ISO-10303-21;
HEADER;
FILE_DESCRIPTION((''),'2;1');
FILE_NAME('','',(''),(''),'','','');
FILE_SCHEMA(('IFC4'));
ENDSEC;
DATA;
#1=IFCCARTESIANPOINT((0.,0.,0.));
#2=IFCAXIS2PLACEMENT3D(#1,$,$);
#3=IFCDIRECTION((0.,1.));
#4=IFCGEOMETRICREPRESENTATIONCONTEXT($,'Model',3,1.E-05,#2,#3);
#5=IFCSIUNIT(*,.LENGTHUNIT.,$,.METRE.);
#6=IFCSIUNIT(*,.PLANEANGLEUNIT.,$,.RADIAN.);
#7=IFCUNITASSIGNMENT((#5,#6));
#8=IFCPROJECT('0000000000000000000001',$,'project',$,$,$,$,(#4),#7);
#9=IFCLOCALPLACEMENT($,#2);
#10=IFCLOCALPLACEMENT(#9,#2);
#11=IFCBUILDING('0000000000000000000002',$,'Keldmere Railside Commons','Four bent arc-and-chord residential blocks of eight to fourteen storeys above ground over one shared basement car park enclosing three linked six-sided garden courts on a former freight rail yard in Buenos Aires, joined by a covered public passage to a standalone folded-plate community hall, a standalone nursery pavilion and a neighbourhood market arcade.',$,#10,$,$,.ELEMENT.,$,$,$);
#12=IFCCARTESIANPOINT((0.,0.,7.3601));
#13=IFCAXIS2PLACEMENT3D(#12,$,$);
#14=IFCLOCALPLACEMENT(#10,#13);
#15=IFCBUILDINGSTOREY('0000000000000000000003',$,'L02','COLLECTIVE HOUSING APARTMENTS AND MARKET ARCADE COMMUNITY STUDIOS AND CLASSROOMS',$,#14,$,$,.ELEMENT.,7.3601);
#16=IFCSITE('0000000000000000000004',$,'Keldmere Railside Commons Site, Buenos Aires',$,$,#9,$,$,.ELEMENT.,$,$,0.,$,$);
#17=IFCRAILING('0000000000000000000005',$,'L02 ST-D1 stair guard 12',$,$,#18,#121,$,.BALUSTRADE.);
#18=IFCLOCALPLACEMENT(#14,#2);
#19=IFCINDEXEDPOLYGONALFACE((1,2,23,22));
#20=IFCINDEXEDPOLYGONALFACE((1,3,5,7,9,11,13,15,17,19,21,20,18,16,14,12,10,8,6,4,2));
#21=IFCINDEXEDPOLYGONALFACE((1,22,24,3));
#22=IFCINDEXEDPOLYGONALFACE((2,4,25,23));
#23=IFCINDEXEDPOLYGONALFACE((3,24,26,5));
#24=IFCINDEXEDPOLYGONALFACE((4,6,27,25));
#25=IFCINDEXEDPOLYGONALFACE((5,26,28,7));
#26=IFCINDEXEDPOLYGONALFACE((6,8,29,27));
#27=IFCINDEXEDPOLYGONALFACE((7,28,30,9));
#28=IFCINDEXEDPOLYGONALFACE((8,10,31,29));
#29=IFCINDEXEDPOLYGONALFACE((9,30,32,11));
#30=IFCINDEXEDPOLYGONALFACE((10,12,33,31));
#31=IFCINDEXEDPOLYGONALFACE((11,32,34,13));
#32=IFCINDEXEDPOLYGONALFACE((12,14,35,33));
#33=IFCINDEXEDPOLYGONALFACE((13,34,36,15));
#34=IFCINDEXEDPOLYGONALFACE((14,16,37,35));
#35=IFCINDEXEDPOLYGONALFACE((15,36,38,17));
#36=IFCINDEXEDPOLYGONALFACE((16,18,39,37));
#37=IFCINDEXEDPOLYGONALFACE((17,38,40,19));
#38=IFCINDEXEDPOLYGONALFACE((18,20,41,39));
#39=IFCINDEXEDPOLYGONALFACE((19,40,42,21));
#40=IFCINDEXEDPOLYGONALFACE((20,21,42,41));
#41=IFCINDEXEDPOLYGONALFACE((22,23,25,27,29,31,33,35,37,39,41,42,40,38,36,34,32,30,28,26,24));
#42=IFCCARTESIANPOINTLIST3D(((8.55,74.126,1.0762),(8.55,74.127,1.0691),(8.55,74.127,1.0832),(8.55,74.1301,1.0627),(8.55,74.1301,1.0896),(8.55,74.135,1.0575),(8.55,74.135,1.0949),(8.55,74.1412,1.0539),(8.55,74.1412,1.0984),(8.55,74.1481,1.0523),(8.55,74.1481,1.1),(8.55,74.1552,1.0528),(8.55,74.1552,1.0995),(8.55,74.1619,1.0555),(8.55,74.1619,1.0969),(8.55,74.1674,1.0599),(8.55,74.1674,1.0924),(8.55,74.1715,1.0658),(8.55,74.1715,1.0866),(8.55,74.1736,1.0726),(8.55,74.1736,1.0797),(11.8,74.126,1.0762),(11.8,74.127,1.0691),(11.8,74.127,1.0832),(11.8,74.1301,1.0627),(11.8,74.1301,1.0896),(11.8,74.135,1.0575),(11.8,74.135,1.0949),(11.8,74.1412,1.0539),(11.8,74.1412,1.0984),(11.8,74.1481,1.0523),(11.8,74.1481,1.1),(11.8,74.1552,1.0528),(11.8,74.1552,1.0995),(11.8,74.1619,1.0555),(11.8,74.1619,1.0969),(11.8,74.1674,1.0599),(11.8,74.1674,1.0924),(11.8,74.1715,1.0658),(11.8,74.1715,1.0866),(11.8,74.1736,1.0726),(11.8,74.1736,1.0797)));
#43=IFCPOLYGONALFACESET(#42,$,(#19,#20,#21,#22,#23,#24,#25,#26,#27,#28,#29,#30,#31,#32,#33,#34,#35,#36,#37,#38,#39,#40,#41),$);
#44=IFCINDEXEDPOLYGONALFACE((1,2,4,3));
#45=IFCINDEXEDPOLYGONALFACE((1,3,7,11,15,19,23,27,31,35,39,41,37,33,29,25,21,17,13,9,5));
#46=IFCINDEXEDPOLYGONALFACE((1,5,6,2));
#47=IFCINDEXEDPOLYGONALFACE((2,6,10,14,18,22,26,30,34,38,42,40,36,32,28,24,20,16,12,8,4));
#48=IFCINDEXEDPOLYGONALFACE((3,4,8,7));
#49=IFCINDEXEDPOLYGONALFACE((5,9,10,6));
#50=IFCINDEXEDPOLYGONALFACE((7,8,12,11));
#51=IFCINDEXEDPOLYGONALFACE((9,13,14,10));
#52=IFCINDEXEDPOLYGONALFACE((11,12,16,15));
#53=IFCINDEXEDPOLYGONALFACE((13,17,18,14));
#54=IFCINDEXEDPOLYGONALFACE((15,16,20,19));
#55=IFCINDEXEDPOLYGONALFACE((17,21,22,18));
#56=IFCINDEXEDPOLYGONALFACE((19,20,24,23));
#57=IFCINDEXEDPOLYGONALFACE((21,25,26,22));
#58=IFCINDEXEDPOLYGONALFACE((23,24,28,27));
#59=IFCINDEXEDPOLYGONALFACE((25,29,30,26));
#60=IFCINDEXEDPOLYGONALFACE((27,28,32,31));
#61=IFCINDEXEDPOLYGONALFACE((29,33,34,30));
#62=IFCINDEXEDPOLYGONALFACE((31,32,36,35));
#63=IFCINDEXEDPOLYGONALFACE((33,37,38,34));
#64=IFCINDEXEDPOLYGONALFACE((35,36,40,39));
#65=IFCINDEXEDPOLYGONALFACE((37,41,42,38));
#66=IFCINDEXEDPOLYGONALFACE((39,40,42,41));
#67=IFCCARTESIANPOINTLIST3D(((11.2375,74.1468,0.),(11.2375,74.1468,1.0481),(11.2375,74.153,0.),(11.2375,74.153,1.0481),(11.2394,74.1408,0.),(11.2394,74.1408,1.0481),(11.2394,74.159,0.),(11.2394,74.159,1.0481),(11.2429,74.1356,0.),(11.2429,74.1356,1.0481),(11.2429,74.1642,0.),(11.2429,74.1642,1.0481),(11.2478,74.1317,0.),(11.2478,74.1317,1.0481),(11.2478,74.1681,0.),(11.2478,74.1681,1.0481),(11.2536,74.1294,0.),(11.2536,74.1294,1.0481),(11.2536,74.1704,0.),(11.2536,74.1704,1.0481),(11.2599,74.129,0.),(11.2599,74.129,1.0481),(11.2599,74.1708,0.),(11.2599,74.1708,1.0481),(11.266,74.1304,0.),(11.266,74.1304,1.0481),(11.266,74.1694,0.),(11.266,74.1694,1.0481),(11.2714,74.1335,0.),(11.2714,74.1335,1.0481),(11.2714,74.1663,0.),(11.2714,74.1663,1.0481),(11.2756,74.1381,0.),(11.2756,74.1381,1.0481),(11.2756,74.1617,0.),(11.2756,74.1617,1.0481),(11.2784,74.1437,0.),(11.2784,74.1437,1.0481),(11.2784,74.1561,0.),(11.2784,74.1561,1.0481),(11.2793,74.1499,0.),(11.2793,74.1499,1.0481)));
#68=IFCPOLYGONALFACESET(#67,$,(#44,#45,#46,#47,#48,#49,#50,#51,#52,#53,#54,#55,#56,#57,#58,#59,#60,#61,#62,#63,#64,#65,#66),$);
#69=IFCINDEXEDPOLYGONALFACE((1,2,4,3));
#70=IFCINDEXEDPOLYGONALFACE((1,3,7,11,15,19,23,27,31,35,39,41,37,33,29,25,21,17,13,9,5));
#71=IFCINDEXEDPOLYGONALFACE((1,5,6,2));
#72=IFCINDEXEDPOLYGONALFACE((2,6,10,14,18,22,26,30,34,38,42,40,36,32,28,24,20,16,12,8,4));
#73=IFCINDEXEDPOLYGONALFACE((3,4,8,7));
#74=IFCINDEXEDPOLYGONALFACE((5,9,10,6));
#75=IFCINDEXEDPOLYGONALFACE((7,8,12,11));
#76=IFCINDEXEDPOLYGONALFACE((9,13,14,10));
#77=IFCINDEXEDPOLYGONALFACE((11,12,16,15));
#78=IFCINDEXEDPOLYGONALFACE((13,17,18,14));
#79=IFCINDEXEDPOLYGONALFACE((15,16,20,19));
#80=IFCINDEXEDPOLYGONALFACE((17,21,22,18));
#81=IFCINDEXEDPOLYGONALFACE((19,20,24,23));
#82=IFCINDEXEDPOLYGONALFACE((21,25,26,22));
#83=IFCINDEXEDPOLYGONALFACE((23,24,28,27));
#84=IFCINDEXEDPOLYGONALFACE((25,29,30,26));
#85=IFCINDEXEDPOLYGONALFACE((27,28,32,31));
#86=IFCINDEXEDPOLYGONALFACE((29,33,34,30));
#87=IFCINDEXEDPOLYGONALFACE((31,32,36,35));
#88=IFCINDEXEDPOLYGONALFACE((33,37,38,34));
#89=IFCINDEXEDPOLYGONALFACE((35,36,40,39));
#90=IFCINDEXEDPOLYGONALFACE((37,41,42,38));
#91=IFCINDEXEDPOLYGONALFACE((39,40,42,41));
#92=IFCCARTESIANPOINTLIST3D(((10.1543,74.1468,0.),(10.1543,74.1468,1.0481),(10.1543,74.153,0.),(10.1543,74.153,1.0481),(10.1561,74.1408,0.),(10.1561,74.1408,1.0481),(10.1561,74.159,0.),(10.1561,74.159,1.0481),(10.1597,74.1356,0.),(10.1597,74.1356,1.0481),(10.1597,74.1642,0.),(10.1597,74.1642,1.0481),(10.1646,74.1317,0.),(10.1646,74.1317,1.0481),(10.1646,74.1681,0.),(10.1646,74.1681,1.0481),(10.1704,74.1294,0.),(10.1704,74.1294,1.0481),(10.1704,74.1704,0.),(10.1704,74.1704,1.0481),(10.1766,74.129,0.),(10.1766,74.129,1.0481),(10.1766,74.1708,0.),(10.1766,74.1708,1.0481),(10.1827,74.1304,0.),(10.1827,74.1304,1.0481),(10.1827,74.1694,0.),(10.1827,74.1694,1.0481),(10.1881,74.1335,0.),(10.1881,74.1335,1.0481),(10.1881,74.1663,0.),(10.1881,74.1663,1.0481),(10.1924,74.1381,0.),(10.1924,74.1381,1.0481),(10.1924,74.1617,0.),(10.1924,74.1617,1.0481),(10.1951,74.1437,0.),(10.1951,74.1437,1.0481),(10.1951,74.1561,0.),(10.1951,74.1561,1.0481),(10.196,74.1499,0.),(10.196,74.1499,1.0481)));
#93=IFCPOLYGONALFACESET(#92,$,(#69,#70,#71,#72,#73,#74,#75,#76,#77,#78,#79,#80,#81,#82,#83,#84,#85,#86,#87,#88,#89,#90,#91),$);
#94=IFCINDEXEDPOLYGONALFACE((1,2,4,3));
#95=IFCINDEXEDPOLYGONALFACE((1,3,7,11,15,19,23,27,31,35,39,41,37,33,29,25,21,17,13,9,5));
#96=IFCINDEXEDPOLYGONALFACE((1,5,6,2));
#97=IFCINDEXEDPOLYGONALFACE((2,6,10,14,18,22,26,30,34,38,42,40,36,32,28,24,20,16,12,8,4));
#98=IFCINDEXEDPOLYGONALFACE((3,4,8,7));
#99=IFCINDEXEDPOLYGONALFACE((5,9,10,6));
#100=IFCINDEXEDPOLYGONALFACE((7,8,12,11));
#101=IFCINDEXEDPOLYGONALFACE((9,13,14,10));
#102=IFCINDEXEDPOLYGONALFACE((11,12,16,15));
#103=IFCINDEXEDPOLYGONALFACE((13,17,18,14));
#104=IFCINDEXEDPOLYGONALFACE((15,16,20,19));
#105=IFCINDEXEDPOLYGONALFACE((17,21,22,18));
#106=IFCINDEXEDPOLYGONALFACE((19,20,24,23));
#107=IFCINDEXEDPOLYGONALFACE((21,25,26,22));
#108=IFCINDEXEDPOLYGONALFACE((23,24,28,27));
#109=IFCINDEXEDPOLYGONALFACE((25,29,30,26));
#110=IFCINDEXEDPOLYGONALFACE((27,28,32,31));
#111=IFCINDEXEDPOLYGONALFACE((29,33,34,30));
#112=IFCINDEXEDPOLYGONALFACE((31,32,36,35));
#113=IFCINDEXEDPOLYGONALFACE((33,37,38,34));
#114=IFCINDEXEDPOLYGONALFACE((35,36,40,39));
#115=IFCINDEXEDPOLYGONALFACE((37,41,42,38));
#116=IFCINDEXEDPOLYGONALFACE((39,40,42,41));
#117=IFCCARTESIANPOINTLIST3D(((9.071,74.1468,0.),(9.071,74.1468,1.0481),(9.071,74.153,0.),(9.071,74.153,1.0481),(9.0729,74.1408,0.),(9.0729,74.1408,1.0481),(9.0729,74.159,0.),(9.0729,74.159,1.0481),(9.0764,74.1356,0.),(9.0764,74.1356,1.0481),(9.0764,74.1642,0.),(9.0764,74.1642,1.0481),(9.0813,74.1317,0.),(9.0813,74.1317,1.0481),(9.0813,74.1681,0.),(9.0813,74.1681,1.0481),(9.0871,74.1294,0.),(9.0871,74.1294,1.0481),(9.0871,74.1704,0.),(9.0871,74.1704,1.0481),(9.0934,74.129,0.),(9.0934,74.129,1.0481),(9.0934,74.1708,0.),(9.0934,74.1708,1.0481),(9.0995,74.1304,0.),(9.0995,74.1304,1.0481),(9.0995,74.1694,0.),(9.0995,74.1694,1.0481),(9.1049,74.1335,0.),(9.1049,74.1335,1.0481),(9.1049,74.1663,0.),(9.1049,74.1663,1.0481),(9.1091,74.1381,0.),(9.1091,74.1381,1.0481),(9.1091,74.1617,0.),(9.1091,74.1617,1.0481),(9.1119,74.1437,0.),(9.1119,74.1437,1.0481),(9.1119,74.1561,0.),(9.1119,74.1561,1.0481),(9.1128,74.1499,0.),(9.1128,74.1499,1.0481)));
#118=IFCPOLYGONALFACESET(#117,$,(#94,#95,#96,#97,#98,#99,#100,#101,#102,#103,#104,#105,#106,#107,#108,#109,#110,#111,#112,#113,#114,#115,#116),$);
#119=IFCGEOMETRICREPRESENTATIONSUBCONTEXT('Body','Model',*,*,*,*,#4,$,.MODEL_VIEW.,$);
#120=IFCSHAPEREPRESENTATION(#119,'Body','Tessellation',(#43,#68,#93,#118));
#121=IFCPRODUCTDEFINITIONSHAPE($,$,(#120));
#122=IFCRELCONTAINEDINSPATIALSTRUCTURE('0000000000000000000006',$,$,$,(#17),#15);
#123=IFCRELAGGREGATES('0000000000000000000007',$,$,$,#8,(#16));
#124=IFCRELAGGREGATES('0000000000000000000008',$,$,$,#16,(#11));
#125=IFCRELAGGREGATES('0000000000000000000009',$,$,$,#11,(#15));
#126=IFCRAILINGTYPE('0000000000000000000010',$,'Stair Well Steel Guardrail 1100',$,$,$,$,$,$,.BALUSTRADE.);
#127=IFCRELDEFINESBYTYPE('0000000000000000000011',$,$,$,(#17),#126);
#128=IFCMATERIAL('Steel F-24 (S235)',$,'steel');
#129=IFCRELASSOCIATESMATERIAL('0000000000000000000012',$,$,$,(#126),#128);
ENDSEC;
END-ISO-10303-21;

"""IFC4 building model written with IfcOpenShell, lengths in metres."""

from ifc_helpers import new_model, si_unit, direction, frame, origin, origin_2d, place, context, subcontext, project, spatial, circle, extrude, material, type_object, element, save


model = new_model("IFC4")

# Units and contexts
model_context = context("Model", 3, precision=1e-05, world=origin(), true_north=direction((0.0, 1.0)))
body_context = subcontext(model_context, "Body", "Model", "MODEL_VIEW")
ifc_project = project(units=[si_unit("LENGTHUNIT", "METRE"), si_unit("PLANEANGLEUNIT", "RADIAN")], contexts=[model_context])

# Site, building, storey
site_placement = place(None, origin())
site = spatial("IfcSite", under=ifc_project, at=site_placement, Name="Keldmere Railside Commons Site, Buenos Aires", CompositionType="ELEMENT", RefElevation=0.0)
building_placement = place(site_placement, origin())
building = spatial("IfcBuilding", under=site, at=building_placement, Name="Keldmere Railside Commons", Description="Four bent arc-and-chord residential blocks of eight to fourteen storeys above ground over one shared basement car park enclosing three linked six-sided garden courts on a former freight rail yard in Buenos Aires, joined by a covered public passage to a standalone folded-plate community hall, a standalone nursery pavilion and a neighbourhood market arcade.", CompositionType="ELEMENT")
storey_placement = place(building_placement, frame((0.0, 0.0, 7.3601)))
storey = spatial("IfcBuildingStorey", under=building, at=storey_placement, Name="L02", Description="COLLECTIVE HOUSING APARTMENTS AND MARKET ARCADE COMMUNITY STUDIOS AND CLASSROOMS", CompositionType="ELEMENT", Elevation=7.3601)

# Shared definitions
ifc_material_1 = material(Name="Steel F-24 (S235)", Category="steel")

# Railing
railing_type = type_object("IfcRailingType", Name="Stair Well Steel Guardrail 1100", PredefinedType="BALUSTRADE", material=ifc_material_1)
railing_placement = place(storey_placement, frame((11.8, 74.1499, 0.0)))
element("IfcRailing", 1, at=railing_placement, inside=storey, type_object=railing_type, Name="L02 ST-D1 stair guard 12", PredefinedType="BALUSTRADE", context=body_context, shape_type="SweptSolid", body=[
    extrude(circle(Radius=0.0239, at=origin_2d()), frame((0.0, 0.0, 1.0762), z_axis=(-1.0, 0.0, 0.0), x_axis=(0.0, -1.0, 0.0)), (0.0, 0.0, 1.0), 3.25),
    extrude(circle(Radius=0.021, at=origin_2d()), frame((-0.5417, 0.0, 0.0)), (0.0, 0.0, 1.0), 1.0481),
    extrude(circle(Radius=0.021, at=origin_2d()), frame((-1.625, 0.0, 0.0)), (0.0, 0.0, 1.0), 1.0481),
    extrude(circle(Radius=0.021, at=origin_2d()), frame((-2.7083, 0.0, 0.0)), (0.0, 0.0, 1.0), 1.0481),
])

save(model, "model.ifc")
